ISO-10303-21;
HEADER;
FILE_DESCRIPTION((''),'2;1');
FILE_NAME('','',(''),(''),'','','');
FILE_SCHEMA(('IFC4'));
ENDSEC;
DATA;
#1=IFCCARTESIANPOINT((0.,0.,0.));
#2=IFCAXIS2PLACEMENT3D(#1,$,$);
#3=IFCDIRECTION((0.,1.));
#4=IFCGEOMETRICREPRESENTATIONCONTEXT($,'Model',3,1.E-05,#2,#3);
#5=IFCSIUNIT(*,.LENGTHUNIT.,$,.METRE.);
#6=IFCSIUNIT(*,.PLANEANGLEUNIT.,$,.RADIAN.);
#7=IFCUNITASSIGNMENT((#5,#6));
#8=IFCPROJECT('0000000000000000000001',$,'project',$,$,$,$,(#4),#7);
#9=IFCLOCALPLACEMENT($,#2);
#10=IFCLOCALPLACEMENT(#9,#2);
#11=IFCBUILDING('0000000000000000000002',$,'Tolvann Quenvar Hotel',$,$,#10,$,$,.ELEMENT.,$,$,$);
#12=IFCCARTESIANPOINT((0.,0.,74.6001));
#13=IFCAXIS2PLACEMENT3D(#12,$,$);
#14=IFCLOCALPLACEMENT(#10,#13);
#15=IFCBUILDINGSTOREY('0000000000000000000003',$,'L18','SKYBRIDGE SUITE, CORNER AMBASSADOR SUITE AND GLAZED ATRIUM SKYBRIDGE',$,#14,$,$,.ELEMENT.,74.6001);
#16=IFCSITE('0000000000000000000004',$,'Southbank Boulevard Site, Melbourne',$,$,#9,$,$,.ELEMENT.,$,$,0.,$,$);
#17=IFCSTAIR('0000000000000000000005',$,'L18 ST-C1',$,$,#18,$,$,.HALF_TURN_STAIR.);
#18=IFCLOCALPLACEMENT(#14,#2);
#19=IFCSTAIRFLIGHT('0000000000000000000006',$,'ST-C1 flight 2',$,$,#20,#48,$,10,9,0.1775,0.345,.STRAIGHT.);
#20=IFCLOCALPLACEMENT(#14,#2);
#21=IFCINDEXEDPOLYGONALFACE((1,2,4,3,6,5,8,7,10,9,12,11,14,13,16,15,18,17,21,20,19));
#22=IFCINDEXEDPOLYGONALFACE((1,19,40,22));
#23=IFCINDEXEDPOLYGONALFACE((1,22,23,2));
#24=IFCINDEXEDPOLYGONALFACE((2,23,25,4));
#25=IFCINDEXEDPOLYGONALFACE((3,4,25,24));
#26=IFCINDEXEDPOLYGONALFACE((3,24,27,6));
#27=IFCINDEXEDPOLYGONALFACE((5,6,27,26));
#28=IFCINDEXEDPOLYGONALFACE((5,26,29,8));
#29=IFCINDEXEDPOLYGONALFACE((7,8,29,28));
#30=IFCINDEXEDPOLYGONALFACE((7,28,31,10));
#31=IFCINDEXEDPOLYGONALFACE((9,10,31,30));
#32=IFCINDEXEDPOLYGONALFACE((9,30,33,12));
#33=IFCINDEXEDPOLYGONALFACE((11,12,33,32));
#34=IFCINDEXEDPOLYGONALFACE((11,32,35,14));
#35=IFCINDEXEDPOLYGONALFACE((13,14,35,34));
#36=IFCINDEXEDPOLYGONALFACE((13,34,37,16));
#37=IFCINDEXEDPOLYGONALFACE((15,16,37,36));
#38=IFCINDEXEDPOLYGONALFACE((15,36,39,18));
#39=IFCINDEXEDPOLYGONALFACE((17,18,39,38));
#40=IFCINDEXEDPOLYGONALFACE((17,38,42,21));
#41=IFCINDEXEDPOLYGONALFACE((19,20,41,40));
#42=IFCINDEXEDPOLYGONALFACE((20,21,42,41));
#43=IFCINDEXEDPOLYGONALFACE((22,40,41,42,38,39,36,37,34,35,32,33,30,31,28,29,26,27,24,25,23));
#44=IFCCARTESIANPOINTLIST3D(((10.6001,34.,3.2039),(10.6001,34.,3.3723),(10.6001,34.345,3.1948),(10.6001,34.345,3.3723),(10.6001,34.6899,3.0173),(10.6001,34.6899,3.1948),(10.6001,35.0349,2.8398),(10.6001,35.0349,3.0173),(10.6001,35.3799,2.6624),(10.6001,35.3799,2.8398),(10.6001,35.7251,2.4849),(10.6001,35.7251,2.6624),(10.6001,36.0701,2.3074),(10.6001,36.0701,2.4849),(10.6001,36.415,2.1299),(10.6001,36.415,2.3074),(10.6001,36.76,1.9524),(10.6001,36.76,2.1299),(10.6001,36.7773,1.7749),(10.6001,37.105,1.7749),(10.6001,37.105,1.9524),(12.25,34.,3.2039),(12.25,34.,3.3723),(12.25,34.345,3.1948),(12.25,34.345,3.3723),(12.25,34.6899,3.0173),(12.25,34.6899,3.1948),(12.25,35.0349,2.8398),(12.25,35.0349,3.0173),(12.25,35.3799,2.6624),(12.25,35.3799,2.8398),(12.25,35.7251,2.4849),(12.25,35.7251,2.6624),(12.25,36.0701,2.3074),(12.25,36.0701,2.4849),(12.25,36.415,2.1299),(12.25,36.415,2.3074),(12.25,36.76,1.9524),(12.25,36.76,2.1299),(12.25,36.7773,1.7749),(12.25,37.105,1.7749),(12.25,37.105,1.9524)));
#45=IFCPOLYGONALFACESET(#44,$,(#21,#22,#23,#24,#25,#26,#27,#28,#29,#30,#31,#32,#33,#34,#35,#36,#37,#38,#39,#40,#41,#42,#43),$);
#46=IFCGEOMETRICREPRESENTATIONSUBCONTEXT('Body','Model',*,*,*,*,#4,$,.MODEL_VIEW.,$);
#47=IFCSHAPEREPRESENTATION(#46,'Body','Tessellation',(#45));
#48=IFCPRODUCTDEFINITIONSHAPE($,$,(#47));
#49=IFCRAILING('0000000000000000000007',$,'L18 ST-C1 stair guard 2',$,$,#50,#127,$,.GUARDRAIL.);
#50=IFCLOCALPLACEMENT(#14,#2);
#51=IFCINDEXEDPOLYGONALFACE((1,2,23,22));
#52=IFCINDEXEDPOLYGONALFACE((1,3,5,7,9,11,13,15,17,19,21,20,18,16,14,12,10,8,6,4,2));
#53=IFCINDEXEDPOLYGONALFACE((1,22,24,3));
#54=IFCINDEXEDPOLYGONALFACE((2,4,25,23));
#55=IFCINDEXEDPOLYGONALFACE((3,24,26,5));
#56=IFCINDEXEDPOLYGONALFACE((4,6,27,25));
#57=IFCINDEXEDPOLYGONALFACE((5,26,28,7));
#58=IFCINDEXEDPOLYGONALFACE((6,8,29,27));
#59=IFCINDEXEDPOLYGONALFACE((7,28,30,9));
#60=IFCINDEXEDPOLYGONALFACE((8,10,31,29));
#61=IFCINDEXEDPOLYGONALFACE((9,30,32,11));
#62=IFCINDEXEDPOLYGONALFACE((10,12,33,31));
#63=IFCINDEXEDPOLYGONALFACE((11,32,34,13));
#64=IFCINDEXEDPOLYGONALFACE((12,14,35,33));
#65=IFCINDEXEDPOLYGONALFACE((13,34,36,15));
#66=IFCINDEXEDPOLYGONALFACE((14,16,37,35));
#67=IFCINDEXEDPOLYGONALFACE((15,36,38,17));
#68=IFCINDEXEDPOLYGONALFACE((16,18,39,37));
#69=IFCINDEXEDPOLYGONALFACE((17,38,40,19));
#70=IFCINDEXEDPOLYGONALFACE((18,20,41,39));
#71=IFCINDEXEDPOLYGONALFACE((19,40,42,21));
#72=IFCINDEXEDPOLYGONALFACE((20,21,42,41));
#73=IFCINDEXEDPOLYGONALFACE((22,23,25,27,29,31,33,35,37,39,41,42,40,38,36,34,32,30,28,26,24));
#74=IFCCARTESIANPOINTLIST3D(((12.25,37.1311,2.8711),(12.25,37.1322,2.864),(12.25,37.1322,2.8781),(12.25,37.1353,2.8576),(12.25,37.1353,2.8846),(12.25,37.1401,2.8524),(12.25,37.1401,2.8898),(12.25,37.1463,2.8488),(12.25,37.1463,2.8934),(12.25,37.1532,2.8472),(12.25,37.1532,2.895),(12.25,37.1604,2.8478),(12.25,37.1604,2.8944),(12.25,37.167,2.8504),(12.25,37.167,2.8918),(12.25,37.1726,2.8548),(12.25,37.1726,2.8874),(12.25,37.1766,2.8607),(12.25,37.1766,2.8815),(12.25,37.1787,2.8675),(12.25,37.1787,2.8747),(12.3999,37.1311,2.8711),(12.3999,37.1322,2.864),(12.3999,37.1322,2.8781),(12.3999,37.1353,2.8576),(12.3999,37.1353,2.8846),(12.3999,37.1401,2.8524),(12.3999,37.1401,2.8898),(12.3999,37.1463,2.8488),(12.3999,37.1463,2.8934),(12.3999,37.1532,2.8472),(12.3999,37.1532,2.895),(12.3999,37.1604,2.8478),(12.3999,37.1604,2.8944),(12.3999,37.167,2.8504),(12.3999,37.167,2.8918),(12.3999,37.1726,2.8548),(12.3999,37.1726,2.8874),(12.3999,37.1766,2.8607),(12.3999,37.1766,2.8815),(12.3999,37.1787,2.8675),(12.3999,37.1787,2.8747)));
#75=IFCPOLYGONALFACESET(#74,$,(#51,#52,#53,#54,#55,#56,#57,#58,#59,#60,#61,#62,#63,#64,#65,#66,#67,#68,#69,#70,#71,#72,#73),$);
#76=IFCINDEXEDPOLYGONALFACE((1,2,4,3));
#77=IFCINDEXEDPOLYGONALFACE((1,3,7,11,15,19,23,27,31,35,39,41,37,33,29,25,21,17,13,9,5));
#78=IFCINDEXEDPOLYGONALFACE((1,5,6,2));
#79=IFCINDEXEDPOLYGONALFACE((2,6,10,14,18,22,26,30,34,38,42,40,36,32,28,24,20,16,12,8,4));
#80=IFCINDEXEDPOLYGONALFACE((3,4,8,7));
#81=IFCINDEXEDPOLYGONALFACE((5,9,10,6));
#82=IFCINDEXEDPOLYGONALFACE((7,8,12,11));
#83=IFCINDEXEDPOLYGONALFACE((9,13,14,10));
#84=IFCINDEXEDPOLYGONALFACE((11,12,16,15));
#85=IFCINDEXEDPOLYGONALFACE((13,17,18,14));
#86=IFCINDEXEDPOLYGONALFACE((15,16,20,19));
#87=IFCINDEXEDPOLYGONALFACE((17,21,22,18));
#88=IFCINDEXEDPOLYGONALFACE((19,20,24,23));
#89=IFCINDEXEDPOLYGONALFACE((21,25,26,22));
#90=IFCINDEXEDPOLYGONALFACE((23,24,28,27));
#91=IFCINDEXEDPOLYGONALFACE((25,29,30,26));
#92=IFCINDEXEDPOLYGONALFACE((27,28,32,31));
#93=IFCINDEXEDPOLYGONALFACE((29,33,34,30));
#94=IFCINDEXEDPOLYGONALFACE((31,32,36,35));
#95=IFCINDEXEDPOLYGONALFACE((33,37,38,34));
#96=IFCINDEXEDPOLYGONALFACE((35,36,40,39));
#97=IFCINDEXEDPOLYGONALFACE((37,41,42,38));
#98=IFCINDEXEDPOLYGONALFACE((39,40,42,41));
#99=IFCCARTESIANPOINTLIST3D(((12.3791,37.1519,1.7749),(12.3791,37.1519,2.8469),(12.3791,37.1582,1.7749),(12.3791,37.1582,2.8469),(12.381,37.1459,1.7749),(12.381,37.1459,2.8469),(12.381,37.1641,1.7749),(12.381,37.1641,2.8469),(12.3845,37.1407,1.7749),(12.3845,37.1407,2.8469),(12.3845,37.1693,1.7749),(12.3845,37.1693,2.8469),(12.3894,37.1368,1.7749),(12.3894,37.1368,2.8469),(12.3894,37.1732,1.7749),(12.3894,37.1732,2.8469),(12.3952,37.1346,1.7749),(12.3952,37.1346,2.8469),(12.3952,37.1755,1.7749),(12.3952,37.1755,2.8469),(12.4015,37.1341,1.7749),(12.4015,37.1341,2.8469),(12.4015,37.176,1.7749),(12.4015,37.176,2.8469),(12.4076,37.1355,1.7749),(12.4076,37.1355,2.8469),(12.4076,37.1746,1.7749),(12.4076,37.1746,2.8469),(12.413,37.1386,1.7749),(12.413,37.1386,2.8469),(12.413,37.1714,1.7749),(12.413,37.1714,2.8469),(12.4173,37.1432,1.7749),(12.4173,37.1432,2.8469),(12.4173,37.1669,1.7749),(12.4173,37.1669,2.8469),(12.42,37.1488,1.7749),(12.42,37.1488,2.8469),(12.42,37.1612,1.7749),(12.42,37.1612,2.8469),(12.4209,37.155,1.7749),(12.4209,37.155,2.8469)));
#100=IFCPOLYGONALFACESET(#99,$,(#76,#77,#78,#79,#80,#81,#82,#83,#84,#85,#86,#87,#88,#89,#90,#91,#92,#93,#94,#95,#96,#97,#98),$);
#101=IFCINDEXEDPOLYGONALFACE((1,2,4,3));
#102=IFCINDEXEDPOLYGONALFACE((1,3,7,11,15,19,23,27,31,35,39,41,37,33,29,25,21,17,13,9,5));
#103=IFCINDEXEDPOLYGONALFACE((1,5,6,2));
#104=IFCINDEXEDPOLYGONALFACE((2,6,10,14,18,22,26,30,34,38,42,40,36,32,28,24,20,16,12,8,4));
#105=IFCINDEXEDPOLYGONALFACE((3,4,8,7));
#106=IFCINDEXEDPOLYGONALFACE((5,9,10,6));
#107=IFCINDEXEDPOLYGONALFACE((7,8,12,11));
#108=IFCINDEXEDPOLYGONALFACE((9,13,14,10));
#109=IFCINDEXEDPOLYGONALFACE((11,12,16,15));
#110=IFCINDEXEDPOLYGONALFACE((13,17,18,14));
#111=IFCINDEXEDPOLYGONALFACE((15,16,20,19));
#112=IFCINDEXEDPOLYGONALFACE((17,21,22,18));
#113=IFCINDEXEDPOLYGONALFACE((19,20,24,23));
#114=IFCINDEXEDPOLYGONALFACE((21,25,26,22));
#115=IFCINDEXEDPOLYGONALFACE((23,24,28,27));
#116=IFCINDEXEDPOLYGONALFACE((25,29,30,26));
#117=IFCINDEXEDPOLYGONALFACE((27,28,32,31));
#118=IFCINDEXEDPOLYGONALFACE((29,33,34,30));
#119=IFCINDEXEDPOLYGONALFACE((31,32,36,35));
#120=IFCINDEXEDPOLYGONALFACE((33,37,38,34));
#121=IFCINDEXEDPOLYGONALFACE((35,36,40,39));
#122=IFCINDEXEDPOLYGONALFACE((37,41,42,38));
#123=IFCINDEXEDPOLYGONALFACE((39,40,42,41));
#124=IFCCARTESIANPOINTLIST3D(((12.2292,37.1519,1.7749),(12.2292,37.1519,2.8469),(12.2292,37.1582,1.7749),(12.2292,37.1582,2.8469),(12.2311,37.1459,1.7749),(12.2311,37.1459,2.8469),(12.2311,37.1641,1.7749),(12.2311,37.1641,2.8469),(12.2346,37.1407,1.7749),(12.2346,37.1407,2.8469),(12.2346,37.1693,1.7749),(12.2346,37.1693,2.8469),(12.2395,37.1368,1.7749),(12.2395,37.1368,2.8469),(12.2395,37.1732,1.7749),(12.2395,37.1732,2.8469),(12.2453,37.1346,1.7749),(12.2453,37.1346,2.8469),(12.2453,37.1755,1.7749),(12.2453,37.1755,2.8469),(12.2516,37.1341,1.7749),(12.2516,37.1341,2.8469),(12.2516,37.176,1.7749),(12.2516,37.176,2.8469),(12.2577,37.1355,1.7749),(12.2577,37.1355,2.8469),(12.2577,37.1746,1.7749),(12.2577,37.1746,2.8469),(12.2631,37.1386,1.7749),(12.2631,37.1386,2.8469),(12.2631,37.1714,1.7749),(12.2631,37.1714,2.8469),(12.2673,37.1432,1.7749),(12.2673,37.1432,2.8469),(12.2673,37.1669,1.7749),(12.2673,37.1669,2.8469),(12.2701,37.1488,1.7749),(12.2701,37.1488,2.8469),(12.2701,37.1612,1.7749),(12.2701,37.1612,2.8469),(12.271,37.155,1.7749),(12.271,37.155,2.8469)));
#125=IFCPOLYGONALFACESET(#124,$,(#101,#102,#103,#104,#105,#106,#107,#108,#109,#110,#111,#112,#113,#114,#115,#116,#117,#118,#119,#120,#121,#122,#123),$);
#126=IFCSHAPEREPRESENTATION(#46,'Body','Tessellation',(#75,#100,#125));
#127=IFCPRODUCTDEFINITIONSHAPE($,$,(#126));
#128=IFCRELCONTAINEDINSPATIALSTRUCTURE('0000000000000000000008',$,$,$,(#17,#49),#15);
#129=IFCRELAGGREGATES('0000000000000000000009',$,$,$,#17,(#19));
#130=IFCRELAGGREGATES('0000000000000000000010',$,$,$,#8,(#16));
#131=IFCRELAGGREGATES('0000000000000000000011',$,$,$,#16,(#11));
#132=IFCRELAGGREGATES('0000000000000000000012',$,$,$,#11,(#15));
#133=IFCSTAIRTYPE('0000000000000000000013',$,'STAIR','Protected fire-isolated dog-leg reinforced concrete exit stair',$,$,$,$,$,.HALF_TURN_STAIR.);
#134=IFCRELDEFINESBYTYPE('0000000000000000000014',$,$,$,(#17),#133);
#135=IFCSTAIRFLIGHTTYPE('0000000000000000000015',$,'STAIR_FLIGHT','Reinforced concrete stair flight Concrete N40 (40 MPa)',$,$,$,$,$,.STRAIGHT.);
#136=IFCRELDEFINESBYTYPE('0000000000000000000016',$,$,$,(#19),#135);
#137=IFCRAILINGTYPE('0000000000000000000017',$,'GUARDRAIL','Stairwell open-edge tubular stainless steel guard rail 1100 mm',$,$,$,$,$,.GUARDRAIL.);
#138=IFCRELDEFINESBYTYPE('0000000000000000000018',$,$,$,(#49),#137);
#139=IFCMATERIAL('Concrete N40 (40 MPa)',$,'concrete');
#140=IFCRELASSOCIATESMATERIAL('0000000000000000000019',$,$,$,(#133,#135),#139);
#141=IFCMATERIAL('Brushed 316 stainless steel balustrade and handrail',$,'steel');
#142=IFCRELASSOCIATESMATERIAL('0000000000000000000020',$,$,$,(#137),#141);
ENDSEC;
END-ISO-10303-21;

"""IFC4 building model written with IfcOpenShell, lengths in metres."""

from ifc_helpers import new_model, si_unit, direction, frame, origin, origin_2d, place, context, subcontext, project, spatial, polyline, circle, outline, extrude, material, type_object, element, aggregate, save


model = new_model("IFC4")

# Units and contexts
model_context = context("Model", 3, precision=1e-05, world=origin(), true_north=direction((0.0, 1.0)))
body_context = subcontext(model_context, "Body", "Model", "MODEL_VIEW")
ifc_project = project(units=[si_unit("LENGTHUNIT", "METRE"), si_unit("PLANEANGLEUNIT", "RADIAN")], contexts=[model_context])

# Site, building, storey
site_placement = place(None, origin())
site = spatial("IfcSite", under=ifc_project, at=site_placement, Name="Southbank Boulevard Site, Melbourne", CompositionType="ELEMENT", RefElevation=0.0)
building_placement = place(site_placement, origin())
building = spatial("IfcBuilding", under=site, at=building_placement, Name="Tolvann Quenvar Hotel", CompositionType="ELEMENT")
storey_placement = place(building_placement, frame((0.0, 0.0, 74.6001)))
storey = spatial("IfcBuildingStorey", under=building, at=storey_placement, Name="L18", Description="SKYBRIDGE SUITE, CORNER AMBASSADOR SUITE AND GLAZED ATRIUM SKYBRIDGE", CompositionType="ELEMENT", Elevation=74.6001)

# Stair, stair flight
ifc_material_1 = material(Name="Concrete N40 (40 MPa)", Category="concrete")
stair_type = type_object("IfcStairType", Name="STAIR", Description="Protected fire-isolated dog-leg reinforced concrete exit stair", PredefinedType="HALF_TURN_STAIR", material=ifc_material_1)
stair_placement = place(storey_placement, origin())
stair = element("IfcStair", 1, at=stair_placement, inside=storey, type_object=stair_type, Name="L18 ST-C1", PredefinedType="HALF_TURN_STAIR")
stair_flight_type = type_object("IfcStairFlightType", Name="STAIR_FLIGHT", Description="Reinforced concrete stair flight Concrete N40 (40 MPa)", PredefinedType="STRAIGHT", material=ifc_material_1)
stair_flight_placement = place(storey_placement, frame((11.425, 37.105, 1.7749), z_axis=(0.0, 0.0, 1.0), x_axis=(0.0, -1.0, 0.0)))
stair_flight = element("IfcStairFlight", 2, at=stair_flight_placement, type_object=stair_flight_type, Name="ST-C1 flight 2", NumberOfRisers=10, NumberOfTreads=9, PredefinedType="STRAIGHT", RiserHeight=0.1775, TreadLength=0.345, context=body_context, shape_type="SweptSolid", body=[
    extrude(outline(polyline([(0.0, 0.0), (0.0, 0.1775), (0.345, 0.1775), (0.345, 0.355), (0.6899, 0.355), (0.6899, 0.5325), (1.0349, 0.5325), (1.0349, 0.71), (1.3799, 0.71), (1.3799, 0.8875), (1.7251, 0.8875), (1.7251, 1.0649), (2.0701, 1.0649), (2.0701, 1.2424), (2.415, 1.2424), (2.415, 1.4199), (2.76, 1.4199), (2.76, 1.5974), (3.105, 1.5974), (3.105, 1.7749), (3.105, 1.429), (0.3276, 0.0), (0.0, 0.0)])), frame((0.0, 0.825, 0.0), z_axis=(0.0, -1.0, 0.0), x_axis=(1.0, 0.0, 0.0)), (0.0, 0.0, 1.0), 1.6499),
])
aggregate(stair, [stair_flight])

# Railing
ifc_material_2 = material(Name="Brushed 316 stainless steel balustrade and handrail", Category="steel")
railing_type_1 = type_object("IfcRailingType", Name="GUARDRAIL", Description="Stairwell open-edge tubular stainless steel guard rail 1100 mm", PredefinedType="GUARDRAIL", material=ifc_material_2)
railing_1_placement = place(storey_placement, frame((12.3999, 37.155, 1.7749)))
element("IfcRailing", 3, at=railing_1_placement, inside=storey, type_object=railing_type_1, Name="L18 ST-C1 stair guard 2", PredefinedType="GUARDRAIL", context=body_context, shape_type="SweptSolid", body=[
    extrude(circle(Radius=0.0239, at=origin_2d()), frame((0.0, 0.0, 1.0962), z_axis=(-1.0, 0.0, 0.0), x_axis=(0.0, -1.0, 0.0)), (0.0, 0.0, 1.0), 0.1499),
    extrude(circle(Radius=0.021, at=origin_2d()), origin(), (0.0, 0.0, 1.0), 1.072),
    extrude(circle(Radius=0.021, at=origin_2d()), frame((-0.1499, 0.0, 0.0)), (0.0, 0.0, 1.0), 1.072),
])

save(model, "model.ifc")
